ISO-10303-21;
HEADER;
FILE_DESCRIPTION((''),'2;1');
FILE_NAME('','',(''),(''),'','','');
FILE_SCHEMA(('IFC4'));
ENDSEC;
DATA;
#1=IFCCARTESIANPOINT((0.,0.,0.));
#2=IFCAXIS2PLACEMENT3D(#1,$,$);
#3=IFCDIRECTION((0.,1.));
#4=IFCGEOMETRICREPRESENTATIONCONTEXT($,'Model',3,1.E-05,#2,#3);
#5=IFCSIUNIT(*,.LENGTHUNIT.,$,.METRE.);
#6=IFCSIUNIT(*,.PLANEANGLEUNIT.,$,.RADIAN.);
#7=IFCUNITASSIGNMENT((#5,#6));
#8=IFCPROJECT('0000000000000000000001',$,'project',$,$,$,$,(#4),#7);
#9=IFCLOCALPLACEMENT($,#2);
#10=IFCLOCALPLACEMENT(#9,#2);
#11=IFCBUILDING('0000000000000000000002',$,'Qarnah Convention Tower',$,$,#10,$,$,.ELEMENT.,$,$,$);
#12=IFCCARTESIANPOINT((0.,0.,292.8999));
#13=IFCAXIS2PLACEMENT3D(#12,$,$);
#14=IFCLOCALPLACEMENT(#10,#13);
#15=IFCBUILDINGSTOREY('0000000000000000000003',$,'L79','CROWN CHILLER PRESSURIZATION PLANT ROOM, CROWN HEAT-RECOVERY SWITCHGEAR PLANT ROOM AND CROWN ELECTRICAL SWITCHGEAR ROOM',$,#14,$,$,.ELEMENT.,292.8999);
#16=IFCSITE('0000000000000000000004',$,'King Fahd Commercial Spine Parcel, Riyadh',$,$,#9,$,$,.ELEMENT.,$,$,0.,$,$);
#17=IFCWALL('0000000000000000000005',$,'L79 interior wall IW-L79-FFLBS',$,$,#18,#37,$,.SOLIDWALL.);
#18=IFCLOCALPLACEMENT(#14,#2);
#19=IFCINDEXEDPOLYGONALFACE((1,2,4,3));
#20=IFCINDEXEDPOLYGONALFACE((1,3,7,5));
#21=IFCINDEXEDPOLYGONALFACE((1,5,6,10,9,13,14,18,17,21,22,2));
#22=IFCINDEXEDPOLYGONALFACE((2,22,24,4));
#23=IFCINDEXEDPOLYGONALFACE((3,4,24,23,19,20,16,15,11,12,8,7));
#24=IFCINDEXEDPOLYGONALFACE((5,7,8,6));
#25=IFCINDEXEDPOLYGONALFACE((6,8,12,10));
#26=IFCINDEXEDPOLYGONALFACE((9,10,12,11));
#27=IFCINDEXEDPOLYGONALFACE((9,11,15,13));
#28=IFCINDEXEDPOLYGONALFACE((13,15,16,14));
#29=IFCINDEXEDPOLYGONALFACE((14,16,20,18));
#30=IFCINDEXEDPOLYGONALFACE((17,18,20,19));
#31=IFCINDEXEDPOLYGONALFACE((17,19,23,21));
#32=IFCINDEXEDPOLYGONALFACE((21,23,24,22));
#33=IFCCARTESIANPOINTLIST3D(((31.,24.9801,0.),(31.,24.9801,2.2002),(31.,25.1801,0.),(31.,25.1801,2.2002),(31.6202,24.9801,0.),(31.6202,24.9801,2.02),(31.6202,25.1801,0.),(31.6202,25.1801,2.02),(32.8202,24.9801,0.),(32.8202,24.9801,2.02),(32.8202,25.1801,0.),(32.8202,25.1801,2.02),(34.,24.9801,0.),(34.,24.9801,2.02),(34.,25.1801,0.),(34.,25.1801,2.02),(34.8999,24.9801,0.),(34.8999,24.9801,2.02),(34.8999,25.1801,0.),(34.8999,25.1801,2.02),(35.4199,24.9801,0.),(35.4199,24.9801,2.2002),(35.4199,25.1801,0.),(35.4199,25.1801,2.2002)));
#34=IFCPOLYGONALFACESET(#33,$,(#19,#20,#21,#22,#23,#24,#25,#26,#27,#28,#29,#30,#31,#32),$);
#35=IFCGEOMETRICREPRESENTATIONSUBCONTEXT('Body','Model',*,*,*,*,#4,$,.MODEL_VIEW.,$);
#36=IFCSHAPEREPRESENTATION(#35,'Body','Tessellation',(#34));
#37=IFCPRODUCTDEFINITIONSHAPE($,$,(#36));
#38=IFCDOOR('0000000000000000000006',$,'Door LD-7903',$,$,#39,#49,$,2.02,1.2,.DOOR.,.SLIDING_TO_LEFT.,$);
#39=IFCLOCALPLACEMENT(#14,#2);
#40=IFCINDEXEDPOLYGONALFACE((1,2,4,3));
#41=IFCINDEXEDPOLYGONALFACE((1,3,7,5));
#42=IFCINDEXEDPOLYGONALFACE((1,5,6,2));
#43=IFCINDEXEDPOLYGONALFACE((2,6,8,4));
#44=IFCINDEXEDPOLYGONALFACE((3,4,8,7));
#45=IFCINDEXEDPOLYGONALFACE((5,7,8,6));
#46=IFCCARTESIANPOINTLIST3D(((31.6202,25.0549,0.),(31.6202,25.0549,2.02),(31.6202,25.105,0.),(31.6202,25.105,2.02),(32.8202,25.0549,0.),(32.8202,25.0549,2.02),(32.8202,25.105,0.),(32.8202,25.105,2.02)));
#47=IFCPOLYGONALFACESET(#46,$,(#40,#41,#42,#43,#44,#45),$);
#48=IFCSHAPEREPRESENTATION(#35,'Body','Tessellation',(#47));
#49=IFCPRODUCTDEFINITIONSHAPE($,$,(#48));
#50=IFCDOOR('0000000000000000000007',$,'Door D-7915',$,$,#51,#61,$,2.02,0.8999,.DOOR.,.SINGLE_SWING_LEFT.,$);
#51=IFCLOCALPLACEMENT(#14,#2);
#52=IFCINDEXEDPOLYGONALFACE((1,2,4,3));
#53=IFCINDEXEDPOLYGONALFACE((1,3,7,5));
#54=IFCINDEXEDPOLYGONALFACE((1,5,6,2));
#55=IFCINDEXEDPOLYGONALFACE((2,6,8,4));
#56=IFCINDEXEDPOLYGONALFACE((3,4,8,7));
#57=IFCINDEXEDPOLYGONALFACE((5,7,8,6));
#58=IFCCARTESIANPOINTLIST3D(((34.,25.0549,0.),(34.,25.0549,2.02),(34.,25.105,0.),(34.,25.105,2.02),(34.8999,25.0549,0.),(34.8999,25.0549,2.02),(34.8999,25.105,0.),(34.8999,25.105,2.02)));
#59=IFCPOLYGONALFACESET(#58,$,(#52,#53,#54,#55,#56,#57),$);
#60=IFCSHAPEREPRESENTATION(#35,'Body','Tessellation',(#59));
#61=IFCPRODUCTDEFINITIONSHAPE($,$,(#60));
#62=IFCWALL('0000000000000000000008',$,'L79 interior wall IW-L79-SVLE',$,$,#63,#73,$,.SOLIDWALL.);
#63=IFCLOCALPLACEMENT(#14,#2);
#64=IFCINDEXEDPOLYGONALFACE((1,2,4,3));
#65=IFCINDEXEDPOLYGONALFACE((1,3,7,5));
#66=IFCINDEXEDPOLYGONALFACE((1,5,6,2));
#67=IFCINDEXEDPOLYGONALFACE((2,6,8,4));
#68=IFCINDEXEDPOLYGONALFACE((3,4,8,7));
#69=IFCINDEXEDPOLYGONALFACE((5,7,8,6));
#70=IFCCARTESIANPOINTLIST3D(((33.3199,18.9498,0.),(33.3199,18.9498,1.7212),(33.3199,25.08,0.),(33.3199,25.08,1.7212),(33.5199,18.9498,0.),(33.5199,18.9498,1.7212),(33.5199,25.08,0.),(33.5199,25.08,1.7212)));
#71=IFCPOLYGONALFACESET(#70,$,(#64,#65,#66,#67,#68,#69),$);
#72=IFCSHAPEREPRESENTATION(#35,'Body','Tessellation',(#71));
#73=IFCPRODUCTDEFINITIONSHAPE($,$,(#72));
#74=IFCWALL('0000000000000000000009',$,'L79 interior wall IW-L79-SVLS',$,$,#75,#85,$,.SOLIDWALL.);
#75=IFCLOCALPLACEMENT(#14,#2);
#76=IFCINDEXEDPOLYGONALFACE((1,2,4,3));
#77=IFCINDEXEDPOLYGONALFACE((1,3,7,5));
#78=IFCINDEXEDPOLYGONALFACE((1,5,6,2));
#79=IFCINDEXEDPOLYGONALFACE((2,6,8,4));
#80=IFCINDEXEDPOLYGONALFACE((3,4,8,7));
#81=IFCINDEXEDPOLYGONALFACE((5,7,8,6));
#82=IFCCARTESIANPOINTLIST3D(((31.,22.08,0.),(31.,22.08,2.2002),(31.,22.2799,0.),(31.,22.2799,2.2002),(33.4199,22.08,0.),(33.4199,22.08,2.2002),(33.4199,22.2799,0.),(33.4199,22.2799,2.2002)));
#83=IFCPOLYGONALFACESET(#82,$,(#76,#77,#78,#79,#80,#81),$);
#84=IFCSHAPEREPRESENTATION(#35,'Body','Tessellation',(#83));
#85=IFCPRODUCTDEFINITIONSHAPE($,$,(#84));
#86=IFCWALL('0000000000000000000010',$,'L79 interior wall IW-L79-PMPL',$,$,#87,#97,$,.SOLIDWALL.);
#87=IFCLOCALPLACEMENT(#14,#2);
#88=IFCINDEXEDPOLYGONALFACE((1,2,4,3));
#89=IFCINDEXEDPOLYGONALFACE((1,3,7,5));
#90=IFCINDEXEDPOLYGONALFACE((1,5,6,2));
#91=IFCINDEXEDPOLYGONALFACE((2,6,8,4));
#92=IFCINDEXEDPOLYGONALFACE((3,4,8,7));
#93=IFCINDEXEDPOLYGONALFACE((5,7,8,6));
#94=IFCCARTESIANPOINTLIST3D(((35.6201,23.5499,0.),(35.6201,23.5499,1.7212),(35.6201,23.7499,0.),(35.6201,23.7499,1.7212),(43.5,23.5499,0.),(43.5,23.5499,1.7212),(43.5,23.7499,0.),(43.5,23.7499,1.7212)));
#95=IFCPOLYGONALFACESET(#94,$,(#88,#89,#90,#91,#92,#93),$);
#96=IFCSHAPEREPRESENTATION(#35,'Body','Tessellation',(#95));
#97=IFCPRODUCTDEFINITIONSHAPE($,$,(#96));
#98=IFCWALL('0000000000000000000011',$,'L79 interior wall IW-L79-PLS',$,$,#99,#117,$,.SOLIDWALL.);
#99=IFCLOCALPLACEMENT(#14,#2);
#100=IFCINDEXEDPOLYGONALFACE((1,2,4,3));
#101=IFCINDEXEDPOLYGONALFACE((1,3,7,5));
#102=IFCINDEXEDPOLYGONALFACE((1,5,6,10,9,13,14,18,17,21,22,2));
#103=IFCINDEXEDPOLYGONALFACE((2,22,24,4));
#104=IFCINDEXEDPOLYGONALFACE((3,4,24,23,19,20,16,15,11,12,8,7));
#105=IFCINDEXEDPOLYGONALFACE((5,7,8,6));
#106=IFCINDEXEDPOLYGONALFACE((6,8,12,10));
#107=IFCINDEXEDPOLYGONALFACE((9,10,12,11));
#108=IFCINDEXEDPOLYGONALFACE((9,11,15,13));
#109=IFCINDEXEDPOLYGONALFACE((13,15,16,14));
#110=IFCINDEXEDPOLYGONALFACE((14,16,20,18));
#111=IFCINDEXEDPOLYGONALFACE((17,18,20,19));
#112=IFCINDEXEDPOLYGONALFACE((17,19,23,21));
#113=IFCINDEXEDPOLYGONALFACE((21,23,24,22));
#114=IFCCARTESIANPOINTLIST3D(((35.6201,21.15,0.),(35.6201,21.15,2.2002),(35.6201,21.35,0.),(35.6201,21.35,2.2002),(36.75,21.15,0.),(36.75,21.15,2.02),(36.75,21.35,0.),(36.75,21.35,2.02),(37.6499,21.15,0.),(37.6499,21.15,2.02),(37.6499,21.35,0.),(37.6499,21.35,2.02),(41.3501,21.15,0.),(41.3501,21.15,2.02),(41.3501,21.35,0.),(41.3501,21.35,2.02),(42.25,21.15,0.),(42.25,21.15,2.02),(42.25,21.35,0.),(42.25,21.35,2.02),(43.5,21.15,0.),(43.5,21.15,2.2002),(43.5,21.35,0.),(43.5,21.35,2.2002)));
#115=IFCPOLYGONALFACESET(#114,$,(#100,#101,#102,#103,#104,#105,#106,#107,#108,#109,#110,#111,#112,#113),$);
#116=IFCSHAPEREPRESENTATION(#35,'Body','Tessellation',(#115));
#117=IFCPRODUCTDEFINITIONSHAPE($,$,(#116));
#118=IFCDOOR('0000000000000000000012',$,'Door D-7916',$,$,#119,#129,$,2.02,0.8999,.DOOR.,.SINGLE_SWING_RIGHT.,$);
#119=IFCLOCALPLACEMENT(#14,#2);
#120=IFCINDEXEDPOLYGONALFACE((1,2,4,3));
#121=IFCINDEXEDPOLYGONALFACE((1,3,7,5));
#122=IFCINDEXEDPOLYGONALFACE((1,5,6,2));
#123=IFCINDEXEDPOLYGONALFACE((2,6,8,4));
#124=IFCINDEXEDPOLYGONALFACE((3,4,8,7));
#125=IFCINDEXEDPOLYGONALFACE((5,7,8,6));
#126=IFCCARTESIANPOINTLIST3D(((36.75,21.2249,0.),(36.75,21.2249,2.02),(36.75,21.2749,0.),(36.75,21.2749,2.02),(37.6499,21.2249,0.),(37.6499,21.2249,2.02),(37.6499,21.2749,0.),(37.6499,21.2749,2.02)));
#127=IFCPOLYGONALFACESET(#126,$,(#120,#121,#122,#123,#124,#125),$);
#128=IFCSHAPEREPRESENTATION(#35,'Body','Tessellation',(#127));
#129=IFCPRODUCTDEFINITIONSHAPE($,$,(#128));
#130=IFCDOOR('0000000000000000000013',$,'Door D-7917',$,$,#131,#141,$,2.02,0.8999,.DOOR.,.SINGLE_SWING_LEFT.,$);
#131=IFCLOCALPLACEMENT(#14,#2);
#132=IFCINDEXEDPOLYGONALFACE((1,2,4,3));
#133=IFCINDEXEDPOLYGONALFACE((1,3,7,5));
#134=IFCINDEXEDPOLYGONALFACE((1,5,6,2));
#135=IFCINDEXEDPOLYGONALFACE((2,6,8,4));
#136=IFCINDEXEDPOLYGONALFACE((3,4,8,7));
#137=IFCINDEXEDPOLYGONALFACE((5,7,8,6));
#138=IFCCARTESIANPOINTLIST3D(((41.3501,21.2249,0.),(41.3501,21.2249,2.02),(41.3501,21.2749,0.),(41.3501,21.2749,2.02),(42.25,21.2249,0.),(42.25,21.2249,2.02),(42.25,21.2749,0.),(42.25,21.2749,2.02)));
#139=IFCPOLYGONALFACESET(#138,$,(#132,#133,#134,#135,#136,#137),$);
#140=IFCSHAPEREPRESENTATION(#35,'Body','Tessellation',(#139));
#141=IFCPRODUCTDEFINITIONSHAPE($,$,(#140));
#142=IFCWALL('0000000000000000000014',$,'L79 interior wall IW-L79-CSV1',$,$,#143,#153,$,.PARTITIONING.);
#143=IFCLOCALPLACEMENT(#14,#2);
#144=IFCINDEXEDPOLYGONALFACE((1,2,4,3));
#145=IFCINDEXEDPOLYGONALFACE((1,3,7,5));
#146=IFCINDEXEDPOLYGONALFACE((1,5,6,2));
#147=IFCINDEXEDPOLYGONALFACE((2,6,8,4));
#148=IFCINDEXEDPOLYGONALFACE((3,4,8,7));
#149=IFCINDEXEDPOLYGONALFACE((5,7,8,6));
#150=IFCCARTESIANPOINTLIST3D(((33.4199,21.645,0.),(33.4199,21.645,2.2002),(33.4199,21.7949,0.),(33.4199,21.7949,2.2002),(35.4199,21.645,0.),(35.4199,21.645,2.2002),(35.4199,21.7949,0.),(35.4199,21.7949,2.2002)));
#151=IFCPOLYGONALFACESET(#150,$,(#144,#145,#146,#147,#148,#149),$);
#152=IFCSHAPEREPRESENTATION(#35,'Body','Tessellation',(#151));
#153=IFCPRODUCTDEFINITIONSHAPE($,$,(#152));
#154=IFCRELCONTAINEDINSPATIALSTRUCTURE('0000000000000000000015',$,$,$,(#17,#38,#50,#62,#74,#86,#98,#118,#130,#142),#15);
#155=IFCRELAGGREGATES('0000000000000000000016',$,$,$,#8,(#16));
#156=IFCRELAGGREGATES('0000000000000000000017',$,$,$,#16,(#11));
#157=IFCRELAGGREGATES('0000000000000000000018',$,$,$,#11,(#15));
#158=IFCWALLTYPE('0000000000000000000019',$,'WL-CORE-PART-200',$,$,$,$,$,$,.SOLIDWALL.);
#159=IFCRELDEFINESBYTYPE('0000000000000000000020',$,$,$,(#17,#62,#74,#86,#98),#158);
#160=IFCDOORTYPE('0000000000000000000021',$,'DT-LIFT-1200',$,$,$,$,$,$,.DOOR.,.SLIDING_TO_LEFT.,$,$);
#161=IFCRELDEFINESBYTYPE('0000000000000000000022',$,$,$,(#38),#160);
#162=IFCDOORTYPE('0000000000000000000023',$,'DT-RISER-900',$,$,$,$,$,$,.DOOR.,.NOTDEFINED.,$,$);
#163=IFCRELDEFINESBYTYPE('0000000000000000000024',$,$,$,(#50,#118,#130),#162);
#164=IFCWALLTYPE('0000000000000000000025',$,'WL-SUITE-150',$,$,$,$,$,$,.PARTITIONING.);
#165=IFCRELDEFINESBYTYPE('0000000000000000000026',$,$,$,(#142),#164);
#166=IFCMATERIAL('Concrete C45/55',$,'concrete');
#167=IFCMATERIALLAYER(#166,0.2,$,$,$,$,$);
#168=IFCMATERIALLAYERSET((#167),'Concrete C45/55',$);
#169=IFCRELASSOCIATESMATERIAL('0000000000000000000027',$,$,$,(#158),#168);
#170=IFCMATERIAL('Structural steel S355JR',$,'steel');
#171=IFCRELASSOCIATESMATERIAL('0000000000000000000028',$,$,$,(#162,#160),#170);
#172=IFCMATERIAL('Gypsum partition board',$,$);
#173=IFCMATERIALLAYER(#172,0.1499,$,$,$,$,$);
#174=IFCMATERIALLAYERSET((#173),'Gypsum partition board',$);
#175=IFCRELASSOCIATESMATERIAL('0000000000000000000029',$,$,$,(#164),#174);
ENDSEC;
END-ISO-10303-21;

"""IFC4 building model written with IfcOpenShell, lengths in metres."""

from ifc_helpers import new_model, si_unit, direction, frame, frame_2d, origin, place, context, subcontext, project, spatial, rectangle, extrude, material, layer, layer_set, type_object, element, fill, save


model = new_model("IFC4")

# Units and contexts
model_context = context("Model", 3, precision=1e-05, world=origin(), true_north=direction((0.0, 1.0)))
body_context = subcontext(model_context, "Body", "Model", "MODEL_VIEW")
ifc_project = project(units=[si_unit("LENGTHUNIT", "METRE"), si_unit("PLANEANGLEUNIT", "RADIAN")], contexts=[model_context])

# Site, building, storey
site_placement = place(None, origin())
site = spatial("IfcSite", under=ifc_project, at=site_placement, Name="King Fahd Commercial Spine Parcel, Riyadh", CompositionType="ELEMENT", RefElevation=0.0)
building_placement = place(site_placement, origin())
building = spatial("IfcBuilding", under=site, at=building_placement, Name="Qarnah Convention Tower", CompositionType="ELEMENT")
storey_placement = place(building_placement, frame((0.0, 0.0, 292.8999)))
storey = spatial("IfcBuildingStorey", under=building, at=storey_placement, Name="L79", Description="CROWN CHILLER PRESSURIZATION PLANT ROOM, CROWN HEAT-RECOVERY SWITCHGEAR PLANT ROOM AND CROWN ELECTRICAL SWITCHGEAR ROOM", CompositionType="ELEMENT", Elevation=292.8999)

# Shared definitions
ifc_material_1 = material(Name="Structural steel S355JR", Category="steel")

# Shared definitions
ifc_material_2 = material(Name="Concrete C45/55", Category="concrete")

# Wall, openings, doors
ifc_layer_1 = layer(ifc_material_2, 0.2)
ifc_layer_set_1 = layer_set([ifc_layer_1], Name="Concrete C45/55")
wall_type_1 = type_object("IfcWallType", Name="WL-CORE-PART-200", PredefinedType="SOLIDWALL", material=ifc_layer_set_1)
door_type_1 = type_object("IfcDoorType", Name="DT-RISER-900", OperationType="NOTDEFINED", PredefinedType="DOOR", material=ifc_material_1)
wall_1_placement = place(storey_placement, frame((31.0, 25.0801, 0.0), z_axis=(0.0, 0.0, 1.0), x_axis=(1.0, 0.0, 0.0)))
wall_1 = element("IfcWall", 1, at=wall_1_placement, inside=storey, type_object=wall_type_1, Name="L79 interior wall IW-L79-FFLBS", PredefinedType="SOLIDWALL", context=body_context, shape_type="SweptSolid", body=[
    extrude(rectangle(XDim=4.4199, YDim=0.2, at=frame_2d((2.21, 0.0))), origin(), (0.0, 0.0, 1.0), 2.2002),
])
opening_1_placement = place(wall_1_placement, frame((3.0, 0.0, 0.0)))
opening_1 = element("IfcOpeningElement", 2, at=opening_1_placement, cuts=wall_1, PredefinedType="OPENING", context=body_context, shape_type="SweptSolid", body=[
    extrude(rectangle(XDim=0.8999, YDim=2.02, at=frame_2d((0.45, 1.01))), frame((0.0, 0.1099, 0.0), z_axis=(0.0, -1.0, 0.0), x_axis=(1.0, 0.0, 0.0)), (0.0, 0.0, 1.0), 0.22),
])
opening_2_placement = place(wall_1_placement, frame((0.6201, 0.0, 0.0)))
opening_2 = element("IfcOpeningElement", 3, at=opening_2_placement, cuts=wall_1, PredefinedType="OPENING", context=body_context, shape_type="SweptSolid", body=[
    extrude(rectangle(XDim=1.2, YDim=2.02, at=frame_2d((0.6001, 1.01))), frame((0.0, 0.1099, 0.0), z_axis=(0.0, -1.0, 0.0), x_axis=(1.0, 0.0, 0.0)), (0.0, 0.0, 1.0), 0.22),
])
door_type_2 = type_object("IfcDoorType", Name="DT-LIFT-1200", OperationType="SLIDING_TO_LEFT", PredefinedType="DOOR", material=ifc_material_1)
door_1_placement = place(opening_2_placement, origin())
door_1 = element("IfcDoor", 4, at=door_1_placement, inside=storey, type_object=door_type_2, Name="Door LD-7903", OperationType="SLIDING_TO_LEFT", OverallHeight=2.02, OverallWidth=1.2, PredefinedType="DOOR", context=body_context, shape_type="SweptSolid", body=[
    extrude(rectangle(XDim=1.2, YDim=2.02, at=frame_2d((0.6001, 1.01))), frame((0.0, 0.0249, 0.0), z_axis=(0.0, -1.0, 0.0), x_axis=(1.0, 0.0, 0.0)), (0.0, 0.0, 1.0), 0.05),
])
fill(opening_2, door_1)
door_2_placement = place(opening_1_placement, origin())
door_2 = element("IfcDoor", 5, at=door_2_placement, inside=storey, type_object=door_type_1, Name="Door D-7915", OperationType="SINGLE_SWING_LEFT", OverallHeight=2.02, OverallWidth=0.8999, PredefinedType="DOOR", context=body_context, shape_type="SweptSolid", body=[
    extrude(rectangle(XDim=0.8999, YDim=2.02, at=frame_2d((0.45, 1.01))), frame((0.0, 0.0249, 0.0), z_axis=(0.0, -1.0, 0.0), x_axis=(1.0, 0.0, 0.0)), (0.0, 0.0, 1.0), 0.05),
])
fill(opening_1, door_2)

# Walls
wall_2_placement = place(storey_placement, frame((33.4199, 18.95, 0.0), z_axis=(0.0, 0.0, 1.0), x_axis=(0.0, 1.0, 0.0)))
element("IfcWall", 6, at=wall_2_placement, inside=storey, type_object=wall_type_1, Name="L79 interior wall IW-L79-SVLE", PredefinedType="SOLIDWALL", context=body_context, shape_type="SweptSolid", body=[
    extrude(rectangle(XDim=6.1301, YDim=0.2, at=frame_2d((3.0649, 0.0))), origin(), (0.0, 0.0, 1.0), 1.7212),
])
wall_3_placement = place(storey_placement, frame((31.0, 22.1799, 0.0), z_axis=(0.0, 0.0, 1.0), x_axis=(1.0, 0.0, 0.0)))
element("IfcWall", 7, at=wall_3_placement, inside=storey, type_object=wall_type_1, Name="L79 interior wall IW-L79-SVLS", PredefinedType="SOLIDWALL", context=body_context, shape_type="SweptSolid", body=[
    extrude(rectangle(XDim=2.4199, YDim=0.2, at=frame_2d((1.21, 0.0))), origin(), (0.0, 0.0, 1.0), 2.2002),
])
wall_4_placement = place(storey_placement, frame((35.6201, 23.6499, 0.0), z_axis=(0.0, 0.0, 1.0), x_axis=(1.0, 0.0, 0.0)))
element("IfcWall", 8, at=wall_4_placement, inside=storey, type_object=wall_type_1, Name="L79 interior wall IW-L79-PMPL", PredefinedType="SOLIDWALL", context=body_context, shape_type="SweptSolid", body=[
    extrude(rectangle(XDim=7.8799, YDim=0.2, at=frame_2d((3.9399, 0.0))), origin(), (0.0, 0.0, 1.0), 1.7212),
])

# Wall, openings, doors
wall_5_placement = place(storey_placement, frame((35.6201, 21.25, 0.0), z_axis=(0.0, 0.0, 1.0), x_axis=(1.0, 0.0, 0.0)))
wall_5 = element("IfcWall", 9, at=wall_5_placement, inside=storey, type_object=wall_type_1, Name="L79 interior wall IW-L79-PLS", PredefinedType="SOLIDWALL", context=body_context, shape_type="SweptSolid", body=[
    extrude(rectangle(XDim=7.8799, YDim=0.2, at=frame_2d((3.9399, 0.0))), origin(), (0.0, 0.0, 1.0), 2.2002),
])
opening_3_placement = place(wall_5_placement, frame((1.1299, 0.0, 0.0)))
opening_3 = element("IfcOpeningElement", 10, at=opening_3_placement, cuts=wall_5, PredefinedType="OPENING", context=body_context, shape_type="SweptSolid", body=[
    extrude(rectangle(XDim=0.8999, YDim=2.02, at=frame_2d((0.45, 1.01))), frame((0.0, 0.1099, 0.0), z_axis=(0.0, -1.0, 0.0), x_axis=(1.0, 0.0, 0.0)), (0.0, 0.0, 1.0), 0.22),
])
opening_4_placement = place(wall_5_placement, frame((5.73, 0.0, 0.0)))
opening_4 = element("IfcOpeningElement", 11, at=opening_4_placement, cuts=wall_5, PredefinedType="OPENING", context=body_context, shape_type="SweptSolid", body=[
    extrude(rectangle(XDim=0.8999, YDim=2.02, at=frame_2d((0.45, 1.01))), frame((0.0, 0.1099, 0.0), z_axis=(0.0, -1.0, 0.0), x_axis=(1.0, 0.0, 0.0)), (0.0, 0.0, 1.0), 0.22),
])
door_3_placement = place(opening_3_placement, origin())
door_3 = element("IfcDoor", 12, at=door_3_placement, inside=storey, type_object=door_type_1, Name="Door D-7916", OperationType="SINGLE_SWING_RIGHT", OverallHeight=2.02, OverallWidth=0.8999, PredefinedType="DOOR", context=body_context, shape_type="SweptSolid", body=[
    extrude(rectangle(XDim=0.8999, YDim=2.02, at=frame_2d((0.45, 1.01))), frame((0.0, 0.0249, 0.0), z_axis=(0.0, -1.0, 0.0), x_axis=(1.0, 0.0, 0.0)), (0.0, 0.0, 1.0), 0.05),
])
fill(opening_3, door_3)
door_4_placement = place(opening_4_placement, origin())
door_4 = element("IfcDoor", 13, at=door_4_placement, inside=storey, type_object=door_type_1, Name="Door D-7917", OperationType="SINGLE_SWING_LEFT", OverallHeight=2.02, OverallWidth=0.8999, PredefinedType="DOOR", context=body_context, shape_type="SweptSolid", body=[
    extrude(rectangle(XDim=0.8999, YDim=2.02, at=frame_2d((0.45, 1.01))), frame((0.0, 0.0249, 0.0), z_axis=(0.0, -1.0, 0.0), x_axis=(1.0, 0.0, 0.0)), (0.0, 0.0, 1.0), 0.05),
])
fill(opening_4, door_4)

# Wall
ifc_material_3 = material(Name="Gypsum partition board")
ifc_layer_2 = layer(ifc_material_3, 0.1499)
ifc_layer_set_2 = layer_set([ifc_layer_2], Name="Gypsum partition board")
wall_type_2 = type_object("IfcWallType", Name="WL-SUITE-150", PredefinedType="PARTITIONING", material=ifc_layer_set_2)
wall_6_placement = place(storey_placement, frame((33.4199, 21.72, 0.0), z_axis=(0.0, 0.0, 1.0), x_axis=(1.0, 0.0, 0.0)))
element("IfcWall", 14, at=wall_6_placement, inside=storey, type_object=wall_type_2, Name="L79 interior wall IW-L79-CSV1", PredefinedType="PARTITIONING", context=body_context, shape_type="SweptSolid", body=[
    extrude(rectangle(XDim=2.0, YDim=0.1499, at=frame_2d((1.0, 0.0))), origin(), (0.0, 0.0, 1.0), 2.2002),
])

save(model, "model.ifc")
